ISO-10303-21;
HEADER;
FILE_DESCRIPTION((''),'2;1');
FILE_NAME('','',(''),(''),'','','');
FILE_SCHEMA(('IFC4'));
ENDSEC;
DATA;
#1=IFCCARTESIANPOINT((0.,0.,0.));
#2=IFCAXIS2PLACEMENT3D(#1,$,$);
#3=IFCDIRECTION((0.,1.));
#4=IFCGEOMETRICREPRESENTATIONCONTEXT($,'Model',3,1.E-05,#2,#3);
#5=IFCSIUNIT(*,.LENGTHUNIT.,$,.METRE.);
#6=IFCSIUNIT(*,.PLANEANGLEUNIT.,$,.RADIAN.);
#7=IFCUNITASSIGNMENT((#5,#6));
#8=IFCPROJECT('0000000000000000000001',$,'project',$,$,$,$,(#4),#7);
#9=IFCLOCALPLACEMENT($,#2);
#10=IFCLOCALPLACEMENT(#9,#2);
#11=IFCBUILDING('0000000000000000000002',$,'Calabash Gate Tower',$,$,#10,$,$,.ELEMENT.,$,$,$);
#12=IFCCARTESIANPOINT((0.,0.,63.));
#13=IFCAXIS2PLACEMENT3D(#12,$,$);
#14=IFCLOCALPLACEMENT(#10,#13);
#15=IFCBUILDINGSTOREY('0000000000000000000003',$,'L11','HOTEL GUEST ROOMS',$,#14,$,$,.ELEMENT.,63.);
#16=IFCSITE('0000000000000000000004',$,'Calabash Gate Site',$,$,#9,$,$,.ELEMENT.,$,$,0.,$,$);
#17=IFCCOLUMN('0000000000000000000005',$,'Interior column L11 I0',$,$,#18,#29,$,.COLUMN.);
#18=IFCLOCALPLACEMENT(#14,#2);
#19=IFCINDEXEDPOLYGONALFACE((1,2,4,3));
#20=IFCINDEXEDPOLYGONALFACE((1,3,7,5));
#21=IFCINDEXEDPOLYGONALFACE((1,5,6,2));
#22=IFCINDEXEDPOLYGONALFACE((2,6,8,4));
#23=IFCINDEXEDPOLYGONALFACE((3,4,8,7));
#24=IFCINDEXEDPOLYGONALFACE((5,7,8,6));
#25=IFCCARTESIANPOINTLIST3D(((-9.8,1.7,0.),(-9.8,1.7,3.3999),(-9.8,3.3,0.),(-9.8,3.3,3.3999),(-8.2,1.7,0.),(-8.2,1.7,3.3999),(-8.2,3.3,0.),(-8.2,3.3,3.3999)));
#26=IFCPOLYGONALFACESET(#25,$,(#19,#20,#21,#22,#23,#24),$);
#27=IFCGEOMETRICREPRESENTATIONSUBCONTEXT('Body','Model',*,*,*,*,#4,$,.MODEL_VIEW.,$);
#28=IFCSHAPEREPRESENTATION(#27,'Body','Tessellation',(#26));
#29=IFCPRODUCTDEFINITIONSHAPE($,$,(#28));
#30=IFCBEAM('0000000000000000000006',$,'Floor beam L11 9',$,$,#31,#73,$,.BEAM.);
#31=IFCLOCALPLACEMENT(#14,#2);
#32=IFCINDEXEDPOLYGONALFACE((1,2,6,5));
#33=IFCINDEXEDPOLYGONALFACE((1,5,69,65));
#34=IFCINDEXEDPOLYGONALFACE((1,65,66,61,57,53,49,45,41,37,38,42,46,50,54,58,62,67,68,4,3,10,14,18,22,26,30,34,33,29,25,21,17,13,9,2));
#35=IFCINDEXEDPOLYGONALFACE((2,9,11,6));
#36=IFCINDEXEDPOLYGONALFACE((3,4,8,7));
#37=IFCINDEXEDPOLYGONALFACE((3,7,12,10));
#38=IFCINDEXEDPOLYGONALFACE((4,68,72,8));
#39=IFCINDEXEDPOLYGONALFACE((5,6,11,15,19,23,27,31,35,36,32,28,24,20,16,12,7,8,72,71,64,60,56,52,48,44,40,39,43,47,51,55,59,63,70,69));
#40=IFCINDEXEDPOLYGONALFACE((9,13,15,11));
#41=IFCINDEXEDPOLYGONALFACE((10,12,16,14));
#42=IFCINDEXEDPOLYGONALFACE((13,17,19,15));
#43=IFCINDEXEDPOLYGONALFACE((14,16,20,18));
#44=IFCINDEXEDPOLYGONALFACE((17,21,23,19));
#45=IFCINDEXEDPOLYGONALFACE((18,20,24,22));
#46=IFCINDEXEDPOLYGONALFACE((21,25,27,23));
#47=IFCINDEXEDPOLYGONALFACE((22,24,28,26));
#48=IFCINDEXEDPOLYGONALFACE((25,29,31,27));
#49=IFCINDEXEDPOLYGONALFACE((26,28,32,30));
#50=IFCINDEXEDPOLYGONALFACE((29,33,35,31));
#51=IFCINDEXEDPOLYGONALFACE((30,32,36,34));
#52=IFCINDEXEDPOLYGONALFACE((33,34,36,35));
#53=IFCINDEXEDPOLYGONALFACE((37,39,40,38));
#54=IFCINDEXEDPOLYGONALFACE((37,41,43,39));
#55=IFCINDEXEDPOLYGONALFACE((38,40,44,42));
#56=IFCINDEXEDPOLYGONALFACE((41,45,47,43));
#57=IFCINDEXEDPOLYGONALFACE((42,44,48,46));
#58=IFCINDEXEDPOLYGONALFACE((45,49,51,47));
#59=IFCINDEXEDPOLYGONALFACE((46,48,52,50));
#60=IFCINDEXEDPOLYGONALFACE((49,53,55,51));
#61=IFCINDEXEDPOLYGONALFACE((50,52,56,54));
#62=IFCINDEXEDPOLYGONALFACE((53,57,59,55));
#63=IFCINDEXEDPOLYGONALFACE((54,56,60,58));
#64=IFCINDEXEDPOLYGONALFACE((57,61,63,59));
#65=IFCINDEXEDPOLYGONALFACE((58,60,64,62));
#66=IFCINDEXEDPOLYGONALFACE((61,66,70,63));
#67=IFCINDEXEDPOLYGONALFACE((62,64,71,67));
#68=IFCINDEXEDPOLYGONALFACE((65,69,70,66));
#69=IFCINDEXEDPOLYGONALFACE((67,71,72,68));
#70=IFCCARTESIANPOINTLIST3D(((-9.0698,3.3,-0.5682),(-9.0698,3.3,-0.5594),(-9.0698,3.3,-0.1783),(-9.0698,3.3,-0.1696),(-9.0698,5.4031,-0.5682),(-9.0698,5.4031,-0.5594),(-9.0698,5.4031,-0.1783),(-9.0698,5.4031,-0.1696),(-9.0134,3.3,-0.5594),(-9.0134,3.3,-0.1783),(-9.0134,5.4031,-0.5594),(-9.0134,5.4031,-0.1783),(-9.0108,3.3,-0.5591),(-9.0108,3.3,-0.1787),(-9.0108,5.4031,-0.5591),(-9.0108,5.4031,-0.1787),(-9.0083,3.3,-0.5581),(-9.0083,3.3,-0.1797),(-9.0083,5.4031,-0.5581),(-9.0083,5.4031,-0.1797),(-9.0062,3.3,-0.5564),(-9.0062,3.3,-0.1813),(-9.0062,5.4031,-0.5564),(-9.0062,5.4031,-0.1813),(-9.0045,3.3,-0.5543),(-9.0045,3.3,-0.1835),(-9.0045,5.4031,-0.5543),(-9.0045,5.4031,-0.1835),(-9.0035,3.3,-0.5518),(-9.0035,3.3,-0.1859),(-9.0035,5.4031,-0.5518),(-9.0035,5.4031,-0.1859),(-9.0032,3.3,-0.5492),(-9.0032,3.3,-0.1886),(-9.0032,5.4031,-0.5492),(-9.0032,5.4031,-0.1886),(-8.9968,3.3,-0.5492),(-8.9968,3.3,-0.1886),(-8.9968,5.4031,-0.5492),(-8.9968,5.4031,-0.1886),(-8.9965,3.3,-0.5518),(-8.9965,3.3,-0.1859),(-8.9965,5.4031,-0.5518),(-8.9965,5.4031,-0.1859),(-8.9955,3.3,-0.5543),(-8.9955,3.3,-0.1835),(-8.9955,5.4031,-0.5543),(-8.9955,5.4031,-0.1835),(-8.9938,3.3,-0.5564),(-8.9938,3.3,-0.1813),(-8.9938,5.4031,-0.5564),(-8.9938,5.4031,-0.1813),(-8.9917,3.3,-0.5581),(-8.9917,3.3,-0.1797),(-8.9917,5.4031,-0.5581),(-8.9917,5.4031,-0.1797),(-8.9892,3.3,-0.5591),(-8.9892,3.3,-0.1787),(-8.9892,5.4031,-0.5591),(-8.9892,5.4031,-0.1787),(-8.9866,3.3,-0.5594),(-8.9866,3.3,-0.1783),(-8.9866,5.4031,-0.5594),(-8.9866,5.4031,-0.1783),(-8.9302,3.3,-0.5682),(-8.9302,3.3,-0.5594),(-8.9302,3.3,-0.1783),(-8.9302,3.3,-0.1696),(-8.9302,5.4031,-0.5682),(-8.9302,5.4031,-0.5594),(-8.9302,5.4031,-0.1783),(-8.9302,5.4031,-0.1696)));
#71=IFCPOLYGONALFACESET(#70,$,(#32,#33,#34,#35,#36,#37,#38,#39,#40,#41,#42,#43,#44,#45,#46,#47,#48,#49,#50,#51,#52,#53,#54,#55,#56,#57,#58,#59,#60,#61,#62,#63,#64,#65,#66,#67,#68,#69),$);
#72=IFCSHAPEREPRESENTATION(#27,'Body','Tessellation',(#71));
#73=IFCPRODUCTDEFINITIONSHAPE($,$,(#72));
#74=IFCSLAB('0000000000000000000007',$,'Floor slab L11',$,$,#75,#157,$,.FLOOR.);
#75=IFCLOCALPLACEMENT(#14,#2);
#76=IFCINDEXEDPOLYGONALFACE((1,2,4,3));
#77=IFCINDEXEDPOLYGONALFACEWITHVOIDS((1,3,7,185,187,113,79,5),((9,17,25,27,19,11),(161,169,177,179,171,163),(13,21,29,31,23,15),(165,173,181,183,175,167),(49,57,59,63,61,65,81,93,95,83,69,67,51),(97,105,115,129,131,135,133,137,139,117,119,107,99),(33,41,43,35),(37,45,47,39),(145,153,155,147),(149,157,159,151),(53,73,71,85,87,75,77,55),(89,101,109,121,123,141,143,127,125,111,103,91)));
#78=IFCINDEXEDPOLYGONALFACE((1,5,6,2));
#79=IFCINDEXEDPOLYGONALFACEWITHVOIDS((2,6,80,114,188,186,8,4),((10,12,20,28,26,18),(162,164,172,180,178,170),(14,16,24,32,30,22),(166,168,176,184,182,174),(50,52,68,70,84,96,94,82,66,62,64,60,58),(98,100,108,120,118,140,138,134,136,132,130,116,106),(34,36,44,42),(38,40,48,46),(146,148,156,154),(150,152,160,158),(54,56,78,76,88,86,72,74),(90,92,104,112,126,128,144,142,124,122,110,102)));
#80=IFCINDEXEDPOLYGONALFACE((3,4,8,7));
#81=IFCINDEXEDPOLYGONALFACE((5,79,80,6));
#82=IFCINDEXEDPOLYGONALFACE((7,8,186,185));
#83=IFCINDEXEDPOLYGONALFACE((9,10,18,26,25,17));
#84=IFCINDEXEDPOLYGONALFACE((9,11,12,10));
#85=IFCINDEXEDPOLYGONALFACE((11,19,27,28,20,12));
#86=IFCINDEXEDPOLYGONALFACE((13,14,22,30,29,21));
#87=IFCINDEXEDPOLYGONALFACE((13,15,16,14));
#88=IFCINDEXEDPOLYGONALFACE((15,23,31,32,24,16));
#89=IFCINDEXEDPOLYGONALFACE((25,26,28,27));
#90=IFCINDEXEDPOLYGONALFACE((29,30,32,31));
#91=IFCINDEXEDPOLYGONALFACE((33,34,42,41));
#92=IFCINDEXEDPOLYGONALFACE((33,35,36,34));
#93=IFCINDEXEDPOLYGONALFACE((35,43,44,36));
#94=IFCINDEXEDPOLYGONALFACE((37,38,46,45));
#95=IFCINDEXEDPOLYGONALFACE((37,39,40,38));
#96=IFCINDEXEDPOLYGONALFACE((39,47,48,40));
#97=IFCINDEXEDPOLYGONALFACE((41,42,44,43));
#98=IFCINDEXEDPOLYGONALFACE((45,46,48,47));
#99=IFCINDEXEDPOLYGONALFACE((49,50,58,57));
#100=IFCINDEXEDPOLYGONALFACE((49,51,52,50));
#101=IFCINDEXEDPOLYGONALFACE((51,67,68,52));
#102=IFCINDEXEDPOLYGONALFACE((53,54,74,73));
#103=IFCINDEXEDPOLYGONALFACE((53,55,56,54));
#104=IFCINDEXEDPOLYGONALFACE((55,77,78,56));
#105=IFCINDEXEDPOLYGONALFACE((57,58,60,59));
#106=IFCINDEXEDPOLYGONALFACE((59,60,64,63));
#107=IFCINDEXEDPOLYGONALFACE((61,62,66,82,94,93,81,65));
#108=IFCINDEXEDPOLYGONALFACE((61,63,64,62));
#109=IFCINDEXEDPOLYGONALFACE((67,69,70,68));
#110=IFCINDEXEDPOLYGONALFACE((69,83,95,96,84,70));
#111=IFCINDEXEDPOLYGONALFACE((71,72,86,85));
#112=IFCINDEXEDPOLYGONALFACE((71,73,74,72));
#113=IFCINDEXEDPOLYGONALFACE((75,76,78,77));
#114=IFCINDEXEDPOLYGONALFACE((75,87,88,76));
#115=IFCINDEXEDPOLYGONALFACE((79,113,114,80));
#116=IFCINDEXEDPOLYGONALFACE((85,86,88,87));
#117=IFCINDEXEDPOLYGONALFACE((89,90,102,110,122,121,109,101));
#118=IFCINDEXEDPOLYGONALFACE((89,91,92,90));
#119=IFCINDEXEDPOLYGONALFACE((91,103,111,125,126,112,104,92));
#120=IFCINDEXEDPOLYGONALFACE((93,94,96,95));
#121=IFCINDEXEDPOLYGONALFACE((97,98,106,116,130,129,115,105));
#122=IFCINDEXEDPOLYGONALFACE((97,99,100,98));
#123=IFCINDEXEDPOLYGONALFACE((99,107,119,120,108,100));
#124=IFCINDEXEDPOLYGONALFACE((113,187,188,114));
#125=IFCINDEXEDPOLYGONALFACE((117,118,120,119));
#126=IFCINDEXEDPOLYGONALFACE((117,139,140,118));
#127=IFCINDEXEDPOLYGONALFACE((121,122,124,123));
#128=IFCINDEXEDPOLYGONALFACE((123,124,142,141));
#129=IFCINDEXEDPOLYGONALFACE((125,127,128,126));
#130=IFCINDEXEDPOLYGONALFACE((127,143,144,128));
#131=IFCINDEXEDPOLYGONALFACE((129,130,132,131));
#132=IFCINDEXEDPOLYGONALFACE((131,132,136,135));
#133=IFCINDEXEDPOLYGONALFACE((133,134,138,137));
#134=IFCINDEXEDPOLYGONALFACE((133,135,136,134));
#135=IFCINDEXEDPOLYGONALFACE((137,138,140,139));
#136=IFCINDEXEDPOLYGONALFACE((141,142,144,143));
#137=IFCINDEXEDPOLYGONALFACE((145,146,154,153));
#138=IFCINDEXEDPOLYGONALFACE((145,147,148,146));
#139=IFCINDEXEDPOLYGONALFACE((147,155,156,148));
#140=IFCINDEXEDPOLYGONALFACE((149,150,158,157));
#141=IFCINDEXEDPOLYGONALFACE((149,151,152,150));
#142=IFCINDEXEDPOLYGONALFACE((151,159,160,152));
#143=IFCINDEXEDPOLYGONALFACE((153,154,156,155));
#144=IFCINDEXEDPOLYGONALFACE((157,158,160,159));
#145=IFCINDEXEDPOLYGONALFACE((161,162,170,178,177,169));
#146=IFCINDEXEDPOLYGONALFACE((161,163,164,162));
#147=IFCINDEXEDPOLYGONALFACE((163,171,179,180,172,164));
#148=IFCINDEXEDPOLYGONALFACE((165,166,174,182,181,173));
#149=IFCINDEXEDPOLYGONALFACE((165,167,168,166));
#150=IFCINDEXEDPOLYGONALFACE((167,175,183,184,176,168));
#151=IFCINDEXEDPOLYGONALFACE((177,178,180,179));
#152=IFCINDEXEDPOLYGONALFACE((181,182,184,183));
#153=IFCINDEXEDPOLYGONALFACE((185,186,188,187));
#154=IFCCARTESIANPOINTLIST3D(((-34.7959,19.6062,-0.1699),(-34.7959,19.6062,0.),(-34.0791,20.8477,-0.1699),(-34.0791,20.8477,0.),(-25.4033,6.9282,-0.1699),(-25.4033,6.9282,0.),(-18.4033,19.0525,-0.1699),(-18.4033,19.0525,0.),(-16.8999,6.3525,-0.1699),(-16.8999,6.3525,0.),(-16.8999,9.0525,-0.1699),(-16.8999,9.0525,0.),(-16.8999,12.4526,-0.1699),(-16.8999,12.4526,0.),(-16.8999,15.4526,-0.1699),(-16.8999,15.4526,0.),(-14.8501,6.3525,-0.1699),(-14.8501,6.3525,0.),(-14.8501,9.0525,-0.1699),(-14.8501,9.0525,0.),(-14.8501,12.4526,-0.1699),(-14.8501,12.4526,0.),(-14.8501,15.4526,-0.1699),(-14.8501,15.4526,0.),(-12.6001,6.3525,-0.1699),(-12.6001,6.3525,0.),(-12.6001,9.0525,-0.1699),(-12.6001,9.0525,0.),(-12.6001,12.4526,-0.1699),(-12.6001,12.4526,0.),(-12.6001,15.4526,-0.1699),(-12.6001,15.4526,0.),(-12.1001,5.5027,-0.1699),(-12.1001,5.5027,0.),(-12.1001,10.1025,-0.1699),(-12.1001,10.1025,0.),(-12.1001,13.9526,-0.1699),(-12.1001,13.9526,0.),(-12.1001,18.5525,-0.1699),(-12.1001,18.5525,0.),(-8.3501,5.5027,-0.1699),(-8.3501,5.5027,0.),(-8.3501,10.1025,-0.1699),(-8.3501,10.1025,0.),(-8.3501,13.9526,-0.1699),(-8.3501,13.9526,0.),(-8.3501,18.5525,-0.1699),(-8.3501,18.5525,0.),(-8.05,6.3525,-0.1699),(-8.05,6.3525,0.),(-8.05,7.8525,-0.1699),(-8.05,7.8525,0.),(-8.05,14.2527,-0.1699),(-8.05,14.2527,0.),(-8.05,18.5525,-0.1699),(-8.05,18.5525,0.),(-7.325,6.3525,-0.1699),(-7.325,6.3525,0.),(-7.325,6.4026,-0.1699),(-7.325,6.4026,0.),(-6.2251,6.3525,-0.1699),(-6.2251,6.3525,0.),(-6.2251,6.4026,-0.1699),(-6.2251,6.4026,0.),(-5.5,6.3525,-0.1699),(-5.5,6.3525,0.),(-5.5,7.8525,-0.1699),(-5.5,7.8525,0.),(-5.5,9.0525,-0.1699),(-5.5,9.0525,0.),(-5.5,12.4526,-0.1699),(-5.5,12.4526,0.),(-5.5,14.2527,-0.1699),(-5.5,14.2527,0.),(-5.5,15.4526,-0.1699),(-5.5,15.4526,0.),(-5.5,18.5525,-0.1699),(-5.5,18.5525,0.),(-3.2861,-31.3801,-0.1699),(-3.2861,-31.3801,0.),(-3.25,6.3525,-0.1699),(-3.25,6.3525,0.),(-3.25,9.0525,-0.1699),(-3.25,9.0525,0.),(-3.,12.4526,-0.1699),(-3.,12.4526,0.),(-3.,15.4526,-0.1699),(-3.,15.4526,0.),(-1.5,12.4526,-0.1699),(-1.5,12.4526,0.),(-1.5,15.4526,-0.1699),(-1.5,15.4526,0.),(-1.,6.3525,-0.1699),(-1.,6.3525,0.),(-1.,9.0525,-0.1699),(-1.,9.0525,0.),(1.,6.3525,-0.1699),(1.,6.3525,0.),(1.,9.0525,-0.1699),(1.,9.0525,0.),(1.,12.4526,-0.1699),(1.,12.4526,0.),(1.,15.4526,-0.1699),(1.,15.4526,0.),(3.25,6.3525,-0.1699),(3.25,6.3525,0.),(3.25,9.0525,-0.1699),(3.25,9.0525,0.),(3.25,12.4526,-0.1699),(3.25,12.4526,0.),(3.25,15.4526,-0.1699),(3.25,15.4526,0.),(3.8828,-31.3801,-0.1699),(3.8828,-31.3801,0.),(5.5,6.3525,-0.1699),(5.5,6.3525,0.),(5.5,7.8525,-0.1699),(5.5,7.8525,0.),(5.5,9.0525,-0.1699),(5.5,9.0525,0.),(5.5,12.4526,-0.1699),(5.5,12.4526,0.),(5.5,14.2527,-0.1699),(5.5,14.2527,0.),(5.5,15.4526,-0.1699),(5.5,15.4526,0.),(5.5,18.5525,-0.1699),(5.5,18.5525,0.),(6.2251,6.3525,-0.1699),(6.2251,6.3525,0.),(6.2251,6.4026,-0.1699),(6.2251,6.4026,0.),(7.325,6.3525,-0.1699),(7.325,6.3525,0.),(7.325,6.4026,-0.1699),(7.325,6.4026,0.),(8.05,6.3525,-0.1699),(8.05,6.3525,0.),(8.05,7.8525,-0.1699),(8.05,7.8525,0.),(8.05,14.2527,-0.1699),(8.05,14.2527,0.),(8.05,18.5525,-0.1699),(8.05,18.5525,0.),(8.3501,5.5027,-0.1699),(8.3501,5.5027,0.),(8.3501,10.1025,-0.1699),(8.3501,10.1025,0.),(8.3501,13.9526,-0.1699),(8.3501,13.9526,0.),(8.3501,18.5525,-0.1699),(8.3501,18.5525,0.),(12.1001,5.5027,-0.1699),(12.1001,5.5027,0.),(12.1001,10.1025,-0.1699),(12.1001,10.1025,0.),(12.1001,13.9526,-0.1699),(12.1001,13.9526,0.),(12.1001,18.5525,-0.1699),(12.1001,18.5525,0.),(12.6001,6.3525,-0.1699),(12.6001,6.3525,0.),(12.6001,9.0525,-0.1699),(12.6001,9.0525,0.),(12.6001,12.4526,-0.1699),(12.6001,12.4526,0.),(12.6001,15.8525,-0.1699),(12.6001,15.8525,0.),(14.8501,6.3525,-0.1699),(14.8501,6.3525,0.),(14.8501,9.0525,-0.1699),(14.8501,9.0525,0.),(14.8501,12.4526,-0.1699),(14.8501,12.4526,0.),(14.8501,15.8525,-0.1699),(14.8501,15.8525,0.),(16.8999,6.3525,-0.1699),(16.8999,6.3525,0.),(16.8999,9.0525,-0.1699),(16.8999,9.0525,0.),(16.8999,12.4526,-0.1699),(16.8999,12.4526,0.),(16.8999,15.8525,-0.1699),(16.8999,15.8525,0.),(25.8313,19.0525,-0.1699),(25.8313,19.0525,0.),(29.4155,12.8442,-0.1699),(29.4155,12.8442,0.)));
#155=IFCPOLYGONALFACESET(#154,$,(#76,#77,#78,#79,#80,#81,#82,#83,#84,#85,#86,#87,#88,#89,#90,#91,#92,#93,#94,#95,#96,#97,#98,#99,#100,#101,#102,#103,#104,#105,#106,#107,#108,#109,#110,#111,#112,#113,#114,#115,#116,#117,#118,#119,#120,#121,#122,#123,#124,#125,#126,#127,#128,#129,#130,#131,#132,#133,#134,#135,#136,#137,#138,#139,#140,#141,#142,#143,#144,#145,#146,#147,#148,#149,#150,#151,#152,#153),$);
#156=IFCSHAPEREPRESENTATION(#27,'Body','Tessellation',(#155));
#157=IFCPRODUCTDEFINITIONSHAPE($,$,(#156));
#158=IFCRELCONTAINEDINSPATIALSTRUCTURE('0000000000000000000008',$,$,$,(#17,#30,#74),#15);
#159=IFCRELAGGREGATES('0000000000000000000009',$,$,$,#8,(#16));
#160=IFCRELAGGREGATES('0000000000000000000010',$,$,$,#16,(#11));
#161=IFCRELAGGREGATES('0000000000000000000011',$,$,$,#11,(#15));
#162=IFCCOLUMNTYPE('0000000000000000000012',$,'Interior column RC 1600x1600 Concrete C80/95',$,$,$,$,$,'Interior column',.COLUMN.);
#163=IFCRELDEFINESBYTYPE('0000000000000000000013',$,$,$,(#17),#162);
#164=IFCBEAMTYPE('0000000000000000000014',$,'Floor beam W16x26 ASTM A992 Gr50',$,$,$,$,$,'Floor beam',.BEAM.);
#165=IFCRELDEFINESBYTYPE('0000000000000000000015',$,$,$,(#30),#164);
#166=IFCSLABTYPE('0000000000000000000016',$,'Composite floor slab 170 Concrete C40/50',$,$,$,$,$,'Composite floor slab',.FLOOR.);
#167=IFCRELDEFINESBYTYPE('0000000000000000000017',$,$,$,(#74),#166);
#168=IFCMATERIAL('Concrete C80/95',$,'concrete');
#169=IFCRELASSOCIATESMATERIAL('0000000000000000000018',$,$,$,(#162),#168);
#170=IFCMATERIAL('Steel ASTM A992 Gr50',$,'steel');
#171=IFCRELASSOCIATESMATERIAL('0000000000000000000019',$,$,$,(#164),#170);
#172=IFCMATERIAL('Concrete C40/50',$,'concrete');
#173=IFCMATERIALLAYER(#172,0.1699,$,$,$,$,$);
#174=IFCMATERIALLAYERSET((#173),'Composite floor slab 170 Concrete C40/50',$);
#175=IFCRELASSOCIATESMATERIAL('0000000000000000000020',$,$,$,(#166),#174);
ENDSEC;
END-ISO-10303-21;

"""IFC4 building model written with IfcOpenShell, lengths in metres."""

from ifc_helpers import new_model, si_unit, direction, frame, origin, origin_2d, place, context, subcontext, project, spatial, polyline, rectangle, i_section, outline, extrude, material, layer, layer_set, material_profile, profile_set, type_object, element, save


model = new_model("IFC4")

# Units and contexts
model_context = context("Model", 3, precision=1e-05, world=origin(), true_north=direction((0.0, 1.0)))
body_context = subcontext(model_context, "Body", "Model", "MODEL_VIEW")
ifc_project = project(units=[si_unit("LENGTHUNIT", "METRE"), si_unit("PLANEANGLEUNIT", "RADIAN")], contexts=[model_context])

# Site, building, storey
site_placement = place(None, origin())
site = spatial("IfcSite", under=ifc_project, at=site_placement, Name="Calabash Gate Site", CompositionType="ELEMENT", RefElevation=0.0)
building_placement = place(site_placement, origin())
building = spatial("IfcBuilding", under=site, at=building_placement, Name="Calabash Gate Tower", CompositionType="ELEMENT")
storey_placement = place(building_placement, frame((0.0, 0.0, 63.0)))
storey = spatial("IfcBuildingStorey", under=building, at=storey_placement, Name="L11", Description="HOTEL GUEST ROOMS", CompositionType="ELEMENT", Elevation=63.0)

# Column
ifc_material_1 = material(Name="Concrete C80/95", Category="concrete")
ifc_material_profile_1 = material_profile(ifc_material_1, rectangle(XDim=1.6001, YDim=1.6001, at=origin_2d()))
ifc_profile_set_1 = profile_set([ifc_material_profile_1], Name="Concrete C80/95")
column_type = type_object("IfcColumnType", Name="Interior column RC 1600x1600 Concrete C80/95", ElementType="Interior column", PredefinedType="COLUMN", material=ifc_profile_set_1)
column_placement = place(storey_placement, frame((-9.0, 2.5, 0.0), z_axis=(0.0, 0.0, 1.0), x_axis=(1.0, 0.0, 0.0)))
element("IfcColumn", 1, at=column_placement, inside=storey, type_object=column_type, Name="Interior column L11 I0", PredefinedType="COLUMN", context=body_context, shape_type="SweptSolid", body=[
    extrude(rectangle(XDim=1.6001, YDim=1.6001, at=origin_2d()), origin(), (0.0, 0.0, 1.0), 3.3999),
])

# Beam
ifc_material_2 = material(Name="Steel ASTM A992 Gr50", Category="steel")
ifc_material_profile_2 = material_profile(ifc_material_2, i_section(OverallWidth=0.1396, OverallDepth=0.3987, WebThickness=0.0063, FlangeThickness=0.0088, FilletRadius=0.0103, at=origin_2d()))
ifc_profile_set_2 = profile_set([ifc_material_profile_2], Name="Steel ASTM A992 Gr50")
beam_type = type_object("IfcBeamType", Name="Floor beam W16x26 ASTM A992 Gr50", ElementType="Floor beam", PredefinedType="BEAM", material=ifc_profile_set_2)
beam_placement = place(storey_placement, frame((-9.0, 3.3, -0.3689), z_axis=(0.0, 1.0, 0.0), x_axis=(-1.0, 0.0, 0.0)))
element("IfcBeam", 2, at=beam_placement, inside=storey, type_object=beam_type, Name="Floor beam L11 9", PredefinedType="BEAM", context=body_context, shape_type="SweptSolid", body=[
    extrude(i_section(OverallWidth=0.1396, OverallDepth=0.3987, WebThickness=0.0063, FlangeThickness=0.0088, FilletRadius=0.0103, at=origin_2d()), origin(), (0.0, 0.0, 1.0), 2.103),
])

# Slab
ifc_material_3 = material(Name="Concrete C40/50", Category="concrete")
ifc_layer_1 = layer(ifc_material_3, 0.1699)
ifc_layer_set_1 = layer_set([ifc_layer_1], Name="Composite floor slab 170 Concrete C40/50")
slab_type = type_object("IfcSlabType", Name="Composite floor slab 170 Concrete C40/50", ElementType="Composite floor slab", PredefinedType="FLOOR", material=ifc_layer_set_1)
slab_placement = place(storey_placement, frame((0.0, 0.0, -0.1699)))
element("IfcSlab", 3, at=slab_placement, inside=storey, type_object=slab_type, Name="Floor slab L11", PredefinedType="FLOOR", context=body_context, shape_type="SweptSolid", body=[
    extrude(outline(polyline([(-25.4033, 6.9282), (-34.7959, 19.6062), (-34.0791, 20.8477), (-18.4033, 19.0525), (25.8313, 19.0525), (29.4155, 12.8442), (3.8828, -31.3801), (-3.2861, -31.3801), (-25.4033, 6.9282)]), holes=[polyline([(-5.5, 9.0525), (-5.5, 7.8525), (-8.05, 7.8525), (-8.05, 6.3525), (-7.325, 6.3525), (-7.325, 6.4026), (-6.2251, 6.4026), (-6.2251, 6.3525), (-5.5, 6.3525), (-3.25, 6.3525), (-1.0, 6.3525), (-1.0, 9.0525), (-3.25, 9.0525), (-5.5, 9.0525)]), polyline([(5.5, 9.0525), (3.25, 9.0525), (1.0, 9.0525), (1.0, 6.3525), (3.25, 6.3525), (5.5, 6.3525), (6.2251, 6.3525), (6.2251, 6.4026), (7.325, 6.4026), (7.325, 6.3525), (8.05, 6.3525), (8.05, 7.8525), (5.5, 7.8525), (5.5, 9.0525)]), polyline([(-5.5, 14.2527), (-5.5, 12.4526), (-3.0, 12.4526), (-3.0, 15.4526), (-5.5, 15.4526), (-5.5, 18.5525), (-8.05, 18.5525), (-8.05, 14.2527), (-5.5, 14.2527)]), polyline([(8.05, 18.5525), (5.5, 18.5525), (5.5, 15.4526), (3.25, 15.4526), (1.0, 15.4526), (-1.5, 15.4526), (-1.5, 12.4526), (1.0, 12.4526), (3.25, 12.4526), (5.5, 12.4526), (5.5, 14.2527), (8.05, 14.2527), (8.05, 18.5525)]), polyline([(-12.6001, 6.3525), (-12.6001, 9.0525), (-14.8501, 9.0525), (-16.8999, 9.0525), (-16.8999, 6.3525), (-14.8501, 6.3525), (-12.6001, 6.3525)]), polyline([(-14.8501, 12.4526), (-12.6001, 12.4526), (-12.6001, 15.4526), (-14.8501, 15.4526), (-16.8999, 15.4526), (-16.8999, 12.4526), (-14.8501, 12.4526)]), polyline([(14.8501, 6.3525), (16.8999, 6.3525), (16.8999, 9.0525), (14.8501, 9.0525), (12.6001, 9.0525), (12.6001, 6.3525), (14.8501, 6.3525)]), polyline([(14.8501, 12.4526), (16.8999, 12.4526), (16.8999, 15.8525), (14.8501, 15.8525), (12.6001, 15.8525), (12.6001, 12.4526), (14.8501, 12.4526)]), polyline([(-8.3501, 18.5525), (-12.1001, 18.5525), (-12.1001, 13.9526), (-8.3501, 13.9526), (-8.3501, 18.5525)]), polyline([(-12.1001, 10.1025), (-12.1001, 5.5027), (-8.3501, 5.5027), (-8.3501, 10.1025), (-12.1001, 10.1025)]), polyline([(8.3501, 13.9526), (12.1001, 13.9526), (12.1001, 18.5525), (8.3501, 18.5525), (8.3501, 13.9526)]), polyline([(12.1001, 5.5027), (12.1001, 10.1025), (8.3501, 10.1025), (8.3501, 5.5027), (12.1001, 5.5027)])]), origin(), (0.0, 0.0, 1.0), 0.1699),
])

save(model, "model.ifc")
